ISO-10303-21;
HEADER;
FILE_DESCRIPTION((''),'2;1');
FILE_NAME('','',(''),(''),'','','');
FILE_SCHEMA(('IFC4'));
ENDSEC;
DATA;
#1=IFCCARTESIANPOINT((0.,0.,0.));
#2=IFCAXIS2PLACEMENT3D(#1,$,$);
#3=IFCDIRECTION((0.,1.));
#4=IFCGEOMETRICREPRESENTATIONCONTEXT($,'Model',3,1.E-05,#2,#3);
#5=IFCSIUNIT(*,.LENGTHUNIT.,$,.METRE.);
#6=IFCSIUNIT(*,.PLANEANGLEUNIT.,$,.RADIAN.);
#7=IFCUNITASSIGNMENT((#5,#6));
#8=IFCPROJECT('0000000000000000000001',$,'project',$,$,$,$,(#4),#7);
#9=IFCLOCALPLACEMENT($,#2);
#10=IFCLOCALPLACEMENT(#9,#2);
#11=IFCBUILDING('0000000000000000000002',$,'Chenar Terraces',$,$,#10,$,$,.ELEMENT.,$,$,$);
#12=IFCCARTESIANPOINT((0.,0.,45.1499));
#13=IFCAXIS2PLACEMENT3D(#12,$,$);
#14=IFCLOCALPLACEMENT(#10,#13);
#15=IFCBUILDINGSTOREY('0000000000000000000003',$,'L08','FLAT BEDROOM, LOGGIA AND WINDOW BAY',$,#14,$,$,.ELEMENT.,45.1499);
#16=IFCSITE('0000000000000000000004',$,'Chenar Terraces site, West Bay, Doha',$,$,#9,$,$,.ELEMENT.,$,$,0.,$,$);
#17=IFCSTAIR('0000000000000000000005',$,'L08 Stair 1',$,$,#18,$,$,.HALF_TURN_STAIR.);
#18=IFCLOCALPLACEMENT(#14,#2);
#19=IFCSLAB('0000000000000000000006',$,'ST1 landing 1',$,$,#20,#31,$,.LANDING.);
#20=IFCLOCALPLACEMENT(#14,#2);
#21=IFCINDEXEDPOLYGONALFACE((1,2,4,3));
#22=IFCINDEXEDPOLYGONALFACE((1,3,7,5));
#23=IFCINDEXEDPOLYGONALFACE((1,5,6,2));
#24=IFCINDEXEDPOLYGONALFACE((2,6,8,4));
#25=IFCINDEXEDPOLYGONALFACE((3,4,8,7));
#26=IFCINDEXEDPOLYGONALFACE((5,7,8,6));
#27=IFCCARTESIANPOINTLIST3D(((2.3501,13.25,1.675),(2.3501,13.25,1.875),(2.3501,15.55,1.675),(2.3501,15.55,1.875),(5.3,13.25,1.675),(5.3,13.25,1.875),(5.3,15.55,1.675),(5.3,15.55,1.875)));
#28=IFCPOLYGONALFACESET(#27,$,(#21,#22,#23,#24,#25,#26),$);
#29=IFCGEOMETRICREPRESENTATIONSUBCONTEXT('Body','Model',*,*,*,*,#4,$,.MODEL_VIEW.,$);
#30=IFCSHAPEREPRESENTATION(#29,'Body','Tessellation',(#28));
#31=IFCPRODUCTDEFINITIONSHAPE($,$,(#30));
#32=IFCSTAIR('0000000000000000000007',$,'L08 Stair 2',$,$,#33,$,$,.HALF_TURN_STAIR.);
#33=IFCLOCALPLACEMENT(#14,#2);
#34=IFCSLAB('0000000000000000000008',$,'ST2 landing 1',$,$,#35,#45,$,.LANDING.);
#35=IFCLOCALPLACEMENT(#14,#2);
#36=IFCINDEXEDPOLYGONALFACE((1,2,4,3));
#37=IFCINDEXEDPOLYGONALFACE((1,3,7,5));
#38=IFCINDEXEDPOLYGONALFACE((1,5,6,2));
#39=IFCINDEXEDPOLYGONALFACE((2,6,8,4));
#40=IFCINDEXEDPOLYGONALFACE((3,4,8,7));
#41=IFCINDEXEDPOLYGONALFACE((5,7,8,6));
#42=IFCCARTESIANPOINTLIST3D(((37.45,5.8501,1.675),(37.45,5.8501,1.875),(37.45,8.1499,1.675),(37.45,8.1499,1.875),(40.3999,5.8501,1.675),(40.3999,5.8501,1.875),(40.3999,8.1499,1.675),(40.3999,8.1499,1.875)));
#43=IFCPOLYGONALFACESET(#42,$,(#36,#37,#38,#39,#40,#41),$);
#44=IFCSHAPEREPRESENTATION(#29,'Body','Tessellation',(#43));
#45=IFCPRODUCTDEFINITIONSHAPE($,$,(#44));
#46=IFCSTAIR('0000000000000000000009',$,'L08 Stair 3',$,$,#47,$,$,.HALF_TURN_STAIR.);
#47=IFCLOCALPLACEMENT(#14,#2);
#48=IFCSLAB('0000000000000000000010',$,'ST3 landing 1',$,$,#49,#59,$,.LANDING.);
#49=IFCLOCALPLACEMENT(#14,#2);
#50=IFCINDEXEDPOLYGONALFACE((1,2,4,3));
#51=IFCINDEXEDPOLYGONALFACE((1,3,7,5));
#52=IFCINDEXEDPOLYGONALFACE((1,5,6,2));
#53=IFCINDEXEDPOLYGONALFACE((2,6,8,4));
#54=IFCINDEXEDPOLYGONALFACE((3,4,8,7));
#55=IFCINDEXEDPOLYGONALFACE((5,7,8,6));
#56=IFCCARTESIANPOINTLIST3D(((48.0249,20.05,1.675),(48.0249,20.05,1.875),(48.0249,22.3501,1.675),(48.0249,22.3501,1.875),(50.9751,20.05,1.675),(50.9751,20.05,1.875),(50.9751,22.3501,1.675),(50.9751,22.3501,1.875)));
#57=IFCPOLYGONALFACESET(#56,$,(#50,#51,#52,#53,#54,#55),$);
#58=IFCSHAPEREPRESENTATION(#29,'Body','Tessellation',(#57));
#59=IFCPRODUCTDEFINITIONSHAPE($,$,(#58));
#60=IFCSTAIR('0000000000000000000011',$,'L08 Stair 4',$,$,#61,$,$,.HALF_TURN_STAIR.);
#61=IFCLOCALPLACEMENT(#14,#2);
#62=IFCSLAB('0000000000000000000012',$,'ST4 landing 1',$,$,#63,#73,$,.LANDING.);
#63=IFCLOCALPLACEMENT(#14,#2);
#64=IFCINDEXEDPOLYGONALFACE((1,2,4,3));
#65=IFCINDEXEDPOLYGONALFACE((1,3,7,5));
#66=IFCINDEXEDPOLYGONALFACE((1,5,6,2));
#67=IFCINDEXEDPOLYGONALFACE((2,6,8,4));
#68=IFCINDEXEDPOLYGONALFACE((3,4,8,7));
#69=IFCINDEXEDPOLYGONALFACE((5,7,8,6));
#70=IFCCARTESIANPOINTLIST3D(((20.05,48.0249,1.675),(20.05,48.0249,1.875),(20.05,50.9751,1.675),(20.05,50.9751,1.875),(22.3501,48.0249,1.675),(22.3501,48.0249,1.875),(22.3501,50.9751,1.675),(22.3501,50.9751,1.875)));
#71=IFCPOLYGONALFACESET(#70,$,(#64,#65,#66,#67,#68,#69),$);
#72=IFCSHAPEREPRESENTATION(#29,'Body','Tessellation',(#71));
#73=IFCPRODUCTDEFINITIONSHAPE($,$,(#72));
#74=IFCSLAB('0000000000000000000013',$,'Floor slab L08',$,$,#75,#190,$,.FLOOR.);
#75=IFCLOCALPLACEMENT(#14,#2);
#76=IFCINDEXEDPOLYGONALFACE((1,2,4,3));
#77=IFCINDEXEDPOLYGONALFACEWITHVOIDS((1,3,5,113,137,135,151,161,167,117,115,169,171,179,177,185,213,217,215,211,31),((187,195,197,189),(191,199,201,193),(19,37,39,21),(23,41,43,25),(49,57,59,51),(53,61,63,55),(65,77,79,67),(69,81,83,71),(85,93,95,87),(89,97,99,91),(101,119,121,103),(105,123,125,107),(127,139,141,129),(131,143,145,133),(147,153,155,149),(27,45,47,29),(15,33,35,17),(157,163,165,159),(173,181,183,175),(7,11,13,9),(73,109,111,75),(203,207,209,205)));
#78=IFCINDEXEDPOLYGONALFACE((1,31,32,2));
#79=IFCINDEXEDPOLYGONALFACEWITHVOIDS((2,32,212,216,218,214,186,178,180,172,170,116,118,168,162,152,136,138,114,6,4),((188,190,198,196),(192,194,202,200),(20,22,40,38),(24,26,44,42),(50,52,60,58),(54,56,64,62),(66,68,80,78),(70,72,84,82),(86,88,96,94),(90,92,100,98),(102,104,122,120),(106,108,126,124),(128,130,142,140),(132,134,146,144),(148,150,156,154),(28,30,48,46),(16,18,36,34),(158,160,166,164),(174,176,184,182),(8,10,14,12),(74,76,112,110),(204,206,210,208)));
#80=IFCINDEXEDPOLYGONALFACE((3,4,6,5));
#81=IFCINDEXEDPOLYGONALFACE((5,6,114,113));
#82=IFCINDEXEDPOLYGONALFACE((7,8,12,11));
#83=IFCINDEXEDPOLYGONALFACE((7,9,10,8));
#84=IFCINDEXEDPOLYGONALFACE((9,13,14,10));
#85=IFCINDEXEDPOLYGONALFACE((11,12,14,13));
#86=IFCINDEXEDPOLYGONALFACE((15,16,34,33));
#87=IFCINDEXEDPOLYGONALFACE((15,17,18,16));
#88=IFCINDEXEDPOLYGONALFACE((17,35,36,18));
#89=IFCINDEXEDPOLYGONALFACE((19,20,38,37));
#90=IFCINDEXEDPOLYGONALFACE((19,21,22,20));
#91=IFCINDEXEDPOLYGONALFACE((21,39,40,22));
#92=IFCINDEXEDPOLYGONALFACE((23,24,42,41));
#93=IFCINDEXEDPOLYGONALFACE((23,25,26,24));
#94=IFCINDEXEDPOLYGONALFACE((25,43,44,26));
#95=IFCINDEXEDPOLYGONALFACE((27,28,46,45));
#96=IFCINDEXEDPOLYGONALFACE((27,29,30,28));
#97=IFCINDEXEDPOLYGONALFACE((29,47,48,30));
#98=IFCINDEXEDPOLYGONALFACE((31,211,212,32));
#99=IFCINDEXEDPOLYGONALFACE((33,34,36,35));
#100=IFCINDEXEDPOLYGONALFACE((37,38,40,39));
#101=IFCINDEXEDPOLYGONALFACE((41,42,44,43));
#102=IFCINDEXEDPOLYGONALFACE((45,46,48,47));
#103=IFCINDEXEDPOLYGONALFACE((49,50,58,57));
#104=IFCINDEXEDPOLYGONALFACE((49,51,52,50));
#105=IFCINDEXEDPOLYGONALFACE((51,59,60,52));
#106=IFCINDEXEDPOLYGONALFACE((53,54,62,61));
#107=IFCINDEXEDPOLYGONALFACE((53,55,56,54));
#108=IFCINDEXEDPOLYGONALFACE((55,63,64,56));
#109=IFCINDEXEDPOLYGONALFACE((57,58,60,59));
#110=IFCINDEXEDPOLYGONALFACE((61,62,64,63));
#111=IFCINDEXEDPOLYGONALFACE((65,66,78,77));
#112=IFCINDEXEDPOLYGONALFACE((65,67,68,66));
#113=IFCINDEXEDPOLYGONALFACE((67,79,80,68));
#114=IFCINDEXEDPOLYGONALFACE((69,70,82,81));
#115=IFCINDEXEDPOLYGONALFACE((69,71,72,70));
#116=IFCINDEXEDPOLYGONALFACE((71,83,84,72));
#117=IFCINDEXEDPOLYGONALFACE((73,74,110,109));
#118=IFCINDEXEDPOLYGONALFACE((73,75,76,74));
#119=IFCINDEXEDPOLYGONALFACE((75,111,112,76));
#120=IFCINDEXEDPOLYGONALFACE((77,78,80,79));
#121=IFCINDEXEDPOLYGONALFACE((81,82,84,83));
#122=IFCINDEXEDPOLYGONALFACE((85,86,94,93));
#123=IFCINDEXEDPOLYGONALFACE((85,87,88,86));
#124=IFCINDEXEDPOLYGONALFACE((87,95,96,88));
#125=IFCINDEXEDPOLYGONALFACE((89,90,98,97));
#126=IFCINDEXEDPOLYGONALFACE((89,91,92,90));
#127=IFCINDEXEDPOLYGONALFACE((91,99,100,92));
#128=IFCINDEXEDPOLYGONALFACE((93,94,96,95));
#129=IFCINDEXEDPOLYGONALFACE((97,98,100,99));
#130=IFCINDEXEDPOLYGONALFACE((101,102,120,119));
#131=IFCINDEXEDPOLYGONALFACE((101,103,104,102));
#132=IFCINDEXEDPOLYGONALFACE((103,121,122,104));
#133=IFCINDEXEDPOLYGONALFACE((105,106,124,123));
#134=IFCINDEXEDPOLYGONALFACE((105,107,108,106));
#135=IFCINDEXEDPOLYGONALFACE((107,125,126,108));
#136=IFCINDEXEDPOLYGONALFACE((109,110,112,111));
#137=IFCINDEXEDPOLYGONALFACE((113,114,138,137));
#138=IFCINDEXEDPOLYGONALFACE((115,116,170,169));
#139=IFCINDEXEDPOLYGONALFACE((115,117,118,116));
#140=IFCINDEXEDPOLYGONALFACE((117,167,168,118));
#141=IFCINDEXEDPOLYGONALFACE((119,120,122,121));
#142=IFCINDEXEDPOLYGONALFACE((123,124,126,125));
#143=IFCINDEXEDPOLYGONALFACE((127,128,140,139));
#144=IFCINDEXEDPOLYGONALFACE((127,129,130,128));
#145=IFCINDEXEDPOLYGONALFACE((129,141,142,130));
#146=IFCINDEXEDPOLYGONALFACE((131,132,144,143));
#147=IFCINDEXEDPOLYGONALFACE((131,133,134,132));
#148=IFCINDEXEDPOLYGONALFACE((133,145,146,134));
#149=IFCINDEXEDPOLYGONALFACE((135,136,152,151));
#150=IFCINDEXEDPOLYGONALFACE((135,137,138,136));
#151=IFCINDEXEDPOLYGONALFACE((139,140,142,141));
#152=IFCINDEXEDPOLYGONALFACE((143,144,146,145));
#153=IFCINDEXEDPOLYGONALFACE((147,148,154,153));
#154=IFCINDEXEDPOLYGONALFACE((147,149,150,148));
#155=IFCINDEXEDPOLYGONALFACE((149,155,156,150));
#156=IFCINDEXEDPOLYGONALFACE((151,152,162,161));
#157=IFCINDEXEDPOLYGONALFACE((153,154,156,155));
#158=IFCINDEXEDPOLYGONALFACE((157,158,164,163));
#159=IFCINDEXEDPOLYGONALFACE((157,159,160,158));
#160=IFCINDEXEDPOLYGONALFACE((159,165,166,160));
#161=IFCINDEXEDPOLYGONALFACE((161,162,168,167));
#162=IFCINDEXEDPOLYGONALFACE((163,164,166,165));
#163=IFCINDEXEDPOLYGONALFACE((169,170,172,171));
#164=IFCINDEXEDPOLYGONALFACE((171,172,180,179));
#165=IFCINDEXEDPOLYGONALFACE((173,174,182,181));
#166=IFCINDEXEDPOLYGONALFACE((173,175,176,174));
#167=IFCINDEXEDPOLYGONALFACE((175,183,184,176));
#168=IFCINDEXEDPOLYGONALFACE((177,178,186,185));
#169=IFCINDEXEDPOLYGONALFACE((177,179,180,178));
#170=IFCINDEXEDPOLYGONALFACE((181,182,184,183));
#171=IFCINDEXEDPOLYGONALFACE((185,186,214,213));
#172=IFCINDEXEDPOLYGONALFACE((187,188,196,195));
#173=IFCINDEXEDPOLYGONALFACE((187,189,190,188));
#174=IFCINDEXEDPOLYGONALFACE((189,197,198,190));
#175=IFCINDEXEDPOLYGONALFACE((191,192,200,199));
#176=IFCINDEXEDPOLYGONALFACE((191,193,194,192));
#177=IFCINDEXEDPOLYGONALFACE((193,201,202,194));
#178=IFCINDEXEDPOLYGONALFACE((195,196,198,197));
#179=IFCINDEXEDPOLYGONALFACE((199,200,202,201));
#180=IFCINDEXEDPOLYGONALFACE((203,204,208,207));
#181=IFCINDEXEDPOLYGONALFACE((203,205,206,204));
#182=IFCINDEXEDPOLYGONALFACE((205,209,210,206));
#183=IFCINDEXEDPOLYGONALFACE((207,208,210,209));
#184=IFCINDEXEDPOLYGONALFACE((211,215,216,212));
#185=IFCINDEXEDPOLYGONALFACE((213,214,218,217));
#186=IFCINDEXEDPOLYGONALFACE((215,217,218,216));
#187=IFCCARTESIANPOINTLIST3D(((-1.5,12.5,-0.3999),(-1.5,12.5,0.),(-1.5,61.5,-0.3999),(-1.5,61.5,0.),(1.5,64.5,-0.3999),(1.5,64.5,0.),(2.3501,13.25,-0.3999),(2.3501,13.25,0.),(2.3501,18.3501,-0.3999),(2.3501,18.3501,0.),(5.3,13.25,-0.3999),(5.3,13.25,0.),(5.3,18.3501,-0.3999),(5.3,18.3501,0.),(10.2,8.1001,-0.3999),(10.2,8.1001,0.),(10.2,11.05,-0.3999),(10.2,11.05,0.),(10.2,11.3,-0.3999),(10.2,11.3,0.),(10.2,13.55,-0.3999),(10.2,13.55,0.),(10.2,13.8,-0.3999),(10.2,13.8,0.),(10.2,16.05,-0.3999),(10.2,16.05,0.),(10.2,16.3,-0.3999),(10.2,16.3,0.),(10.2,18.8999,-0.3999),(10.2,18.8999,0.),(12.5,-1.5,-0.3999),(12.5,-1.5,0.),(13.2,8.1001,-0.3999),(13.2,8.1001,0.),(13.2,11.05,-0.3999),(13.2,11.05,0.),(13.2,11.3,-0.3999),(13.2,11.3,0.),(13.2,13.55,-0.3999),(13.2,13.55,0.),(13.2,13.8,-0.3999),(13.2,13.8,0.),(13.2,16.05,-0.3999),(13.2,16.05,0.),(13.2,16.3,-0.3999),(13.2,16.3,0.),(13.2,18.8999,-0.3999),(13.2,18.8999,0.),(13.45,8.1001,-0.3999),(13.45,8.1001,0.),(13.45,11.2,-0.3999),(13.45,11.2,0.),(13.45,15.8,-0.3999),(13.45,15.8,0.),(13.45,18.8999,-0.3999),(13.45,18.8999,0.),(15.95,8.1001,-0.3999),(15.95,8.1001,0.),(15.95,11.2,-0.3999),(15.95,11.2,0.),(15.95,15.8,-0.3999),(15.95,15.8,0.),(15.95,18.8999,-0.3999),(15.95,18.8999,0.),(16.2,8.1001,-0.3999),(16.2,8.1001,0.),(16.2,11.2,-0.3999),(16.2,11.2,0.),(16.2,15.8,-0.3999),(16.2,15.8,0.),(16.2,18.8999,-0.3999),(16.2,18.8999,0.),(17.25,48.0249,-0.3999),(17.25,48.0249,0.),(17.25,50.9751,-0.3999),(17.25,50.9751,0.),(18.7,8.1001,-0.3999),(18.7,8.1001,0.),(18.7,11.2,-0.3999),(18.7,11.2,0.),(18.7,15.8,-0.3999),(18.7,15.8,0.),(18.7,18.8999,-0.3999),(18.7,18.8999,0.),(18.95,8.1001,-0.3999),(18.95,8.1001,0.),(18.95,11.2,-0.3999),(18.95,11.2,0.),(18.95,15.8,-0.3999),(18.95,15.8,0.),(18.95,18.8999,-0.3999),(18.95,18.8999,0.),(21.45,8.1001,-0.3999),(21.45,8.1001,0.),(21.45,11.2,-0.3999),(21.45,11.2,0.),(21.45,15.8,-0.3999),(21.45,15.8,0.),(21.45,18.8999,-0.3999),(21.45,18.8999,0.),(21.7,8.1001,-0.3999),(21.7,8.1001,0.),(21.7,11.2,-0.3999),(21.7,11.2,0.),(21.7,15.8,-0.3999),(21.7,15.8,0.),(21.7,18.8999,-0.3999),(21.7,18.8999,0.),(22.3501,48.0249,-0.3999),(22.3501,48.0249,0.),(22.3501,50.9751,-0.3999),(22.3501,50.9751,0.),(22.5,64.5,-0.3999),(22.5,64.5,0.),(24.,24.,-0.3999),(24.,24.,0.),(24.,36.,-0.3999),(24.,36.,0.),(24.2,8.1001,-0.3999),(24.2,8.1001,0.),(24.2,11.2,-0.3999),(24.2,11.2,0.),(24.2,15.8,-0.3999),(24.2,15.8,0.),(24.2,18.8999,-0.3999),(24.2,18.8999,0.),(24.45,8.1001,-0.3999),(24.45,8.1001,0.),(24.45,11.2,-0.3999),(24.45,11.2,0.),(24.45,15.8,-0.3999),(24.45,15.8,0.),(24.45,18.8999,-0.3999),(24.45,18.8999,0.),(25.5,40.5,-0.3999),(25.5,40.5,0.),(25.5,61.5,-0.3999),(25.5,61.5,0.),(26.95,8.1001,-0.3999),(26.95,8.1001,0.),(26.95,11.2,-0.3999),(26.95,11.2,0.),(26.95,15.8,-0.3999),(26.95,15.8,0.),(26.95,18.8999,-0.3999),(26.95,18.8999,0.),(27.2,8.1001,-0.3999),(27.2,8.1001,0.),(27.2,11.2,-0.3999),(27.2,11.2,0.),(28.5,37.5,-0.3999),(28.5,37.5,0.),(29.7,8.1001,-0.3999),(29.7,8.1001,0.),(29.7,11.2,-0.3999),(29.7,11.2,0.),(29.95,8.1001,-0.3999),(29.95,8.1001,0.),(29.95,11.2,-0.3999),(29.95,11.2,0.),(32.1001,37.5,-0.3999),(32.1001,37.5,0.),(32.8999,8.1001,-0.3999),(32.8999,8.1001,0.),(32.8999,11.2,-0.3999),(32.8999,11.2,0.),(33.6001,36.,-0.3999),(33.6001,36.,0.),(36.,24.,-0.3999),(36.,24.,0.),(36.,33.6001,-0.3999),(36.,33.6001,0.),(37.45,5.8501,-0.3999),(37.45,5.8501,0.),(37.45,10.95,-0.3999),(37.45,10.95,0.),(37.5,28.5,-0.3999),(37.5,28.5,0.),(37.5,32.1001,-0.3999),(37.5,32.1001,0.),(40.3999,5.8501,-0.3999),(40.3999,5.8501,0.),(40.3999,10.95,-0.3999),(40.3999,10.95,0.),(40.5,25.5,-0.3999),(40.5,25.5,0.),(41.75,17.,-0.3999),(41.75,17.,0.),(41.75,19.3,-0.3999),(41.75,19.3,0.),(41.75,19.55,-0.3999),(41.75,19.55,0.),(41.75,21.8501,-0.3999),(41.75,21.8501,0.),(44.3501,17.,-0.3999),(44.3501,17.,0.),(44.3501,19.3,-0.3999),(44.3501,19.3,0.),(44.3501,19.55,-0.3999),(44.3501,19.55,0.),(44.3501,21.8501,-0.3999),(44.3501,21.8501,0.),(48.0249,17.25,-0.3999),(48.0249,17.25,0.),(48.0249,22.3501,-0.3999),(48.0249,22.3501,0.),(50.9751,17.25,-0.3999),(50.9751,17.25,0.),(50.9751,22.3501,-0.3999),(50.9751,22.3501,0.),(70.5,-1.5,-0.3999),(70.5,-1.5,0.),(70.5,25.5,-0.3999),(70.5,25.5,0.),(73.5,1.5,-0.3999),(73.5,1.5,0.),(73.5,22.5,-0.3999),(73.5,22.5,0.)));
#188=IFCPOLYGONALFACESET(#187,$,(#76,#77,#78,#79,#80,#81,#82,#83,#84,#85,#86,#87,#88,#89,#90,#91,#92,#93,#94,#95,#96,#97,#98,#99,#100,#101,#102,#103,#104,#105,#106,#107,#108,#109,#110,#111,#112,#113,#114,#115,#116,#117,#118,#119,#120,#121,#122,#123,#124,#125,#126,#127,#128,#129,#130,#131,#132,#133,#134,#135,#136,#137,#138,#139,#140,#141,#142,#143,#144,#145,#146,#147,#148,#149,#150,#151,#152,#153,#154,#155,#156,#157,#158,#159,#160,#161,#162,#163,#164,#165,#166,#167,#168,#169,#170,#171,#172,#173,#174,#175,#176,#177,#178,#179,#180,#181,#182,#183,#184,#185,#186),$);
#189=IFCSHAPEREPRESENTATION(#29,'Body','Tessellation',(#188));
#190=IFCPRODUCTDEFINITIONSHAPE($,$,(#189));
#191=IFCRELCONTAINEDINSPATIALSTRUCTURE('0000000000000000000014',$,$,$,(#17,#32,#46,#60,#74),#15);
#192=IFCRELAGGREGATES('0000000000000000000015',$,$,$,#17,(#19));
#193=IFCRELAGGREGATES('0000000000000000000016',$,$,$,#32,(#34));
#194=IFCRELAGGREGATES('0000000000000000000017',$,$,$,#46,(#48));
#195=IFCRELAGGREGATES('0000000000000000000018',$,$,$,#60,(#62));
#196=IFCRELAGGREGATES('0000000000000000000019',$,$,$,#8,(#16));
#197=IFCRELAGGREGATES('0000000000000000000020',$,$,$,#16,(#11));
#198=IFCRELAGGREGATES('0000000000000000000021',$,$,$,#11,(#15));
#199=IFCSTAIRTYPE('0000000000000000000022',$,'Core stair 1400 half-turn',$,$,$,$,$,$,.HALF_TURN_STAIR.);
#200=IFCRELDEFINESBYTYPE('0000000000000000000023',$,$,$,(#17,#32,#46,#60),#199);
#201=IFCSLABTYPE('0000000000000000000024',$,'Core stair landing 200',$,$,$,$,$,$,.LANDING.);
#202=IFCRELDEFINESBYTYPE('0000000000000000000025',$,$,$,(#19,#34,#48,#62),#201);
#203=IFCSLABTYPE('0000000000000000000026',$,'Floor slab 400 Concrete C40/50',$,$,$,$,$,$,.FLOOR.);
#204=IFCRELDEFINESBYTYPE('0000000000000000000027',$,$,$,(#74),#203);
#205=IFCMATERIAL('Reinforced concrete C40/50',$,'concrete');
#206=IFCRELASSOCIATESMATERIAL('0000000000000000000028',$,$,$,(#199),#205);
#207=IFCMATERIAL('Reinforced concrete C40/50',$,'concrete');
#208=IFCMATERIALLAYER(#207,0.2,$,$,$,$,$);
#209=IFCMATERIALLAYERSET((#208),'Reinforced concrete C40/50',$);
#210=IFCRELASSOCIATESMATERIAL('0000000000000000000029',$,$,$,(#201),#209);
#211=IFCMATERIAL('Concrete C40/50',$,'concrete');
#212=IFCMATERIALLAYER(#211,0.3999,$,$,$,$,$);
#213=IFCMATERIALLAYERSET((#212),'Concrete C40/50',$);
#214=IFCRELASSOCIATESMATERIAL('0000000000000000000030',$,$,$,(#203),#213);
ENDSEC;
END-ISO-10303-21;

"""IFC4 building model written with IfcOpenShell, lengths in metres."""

from ifc_helpers import new_model, si_unit, direction, frame, origin, place, context, subcontext, project, spatial, polyline, outline, extrude, material, layer, layer_set, type_object, element, aggregate, save


model = new_model("IFC4")

# Units and contexts
model_context = context("Model", 3, precision=1e-05, world=origin(), true_north=direction((0.0, 1.0)))
body_context = subcontext(model_context, "Body", "Model", "MODEL_VIEW")
ifc_project = project(units=[si_unit("LENGTHUNIT", "METRE"), si_unit("PLANEANGLEUNIT", "RADIAN")], contexts=[model_context])

# Site, building, storey
site_placement = place(None, origin())
site = spatial("IfcSite", under=ifc_project, at=site_placement, Name="Chenar Terraces site, West Bay, Doha", CompositionType="ELEMENT", RefElevation=0.0)
building_placement = place(site_placement, origin())
building = spatial("IfcBuilding", under=site, at=building_placement, Name="Chenar Terraces", CompositionType="ELEMENT")
storey_placement = place(building_placement, frame((0.0, 0.0, 45.1499)))
storey = spatial("IfcBuildingStorey", under=building, at=storey_placement, Name="L08", Description="FLAT BEDROOM, LOGGIA AND WINDOW BAY", CompositionType="ELEMENT", Elevation=45.1499)

# Stairs, slabs
ifc_material_1 = material(Name="Reinforced concrete C40/50", Category="concrete")
stair_type = type_object("IfcStairType", Name="Core stair 1400 half-turn", PredefinedType="HALF_TURN_STAIR", material=ifc_material_1)
placement_1 = place(storey_placement, origin())
stair_1 = element("IfcStair", 1, at=placement_1, inside=storey, type_object=stair_type, Name="L08 Stair 1", PredefinedType="HALF_TURN_STAIR")
ifc_material_2 = material(Name="Reinforced concrete C40/50", Category="concrete")
ifc_layer_1 = layer(ifc_material_2, 0.2)
ifc_layer_set_1 = layer_set([ifc_layer_1], Name="Reinforced concrete C40/50")
slab_type_1 = type_object("IfcSlabType", Name="Core stair landing 200", PredefinedType="LANDING", material=ifc_layer_set_1)
placement_2 = place(storey_placement, frame((0.0, 0.0, 1.675)))
slab_1 = element("IfcSlab", 2, at=placement_2, type_object=slab_type_1, Name="ST1 landing 1", PredefinedType="LANDING", context=body_context, shape_type="SweptSolid", body=[
    extrude(outline(polyline([(2.3501, 15.55), (2.3501, 13.25), (5.3, 13.25), (5.3, 15.55), (2.3501, 15.55)])), origin(), (0.0, 0.0, 1.0), 0.2),
])
aggregate(stair_1, [slab_1])
stair_2 = element("IfcStair", 3, at=placement_1, inside=storey, type_object=stair_type, Name="L08 Stair 2", PredefinedType="HALF_TURN_STAIR")
slab_2 = element("IfcSlab", 4, at=placement_2, type_object=slab_type_1, Name="ST2 landing 1", PredefinedType="LANDING", context=body_context, shape_type="SweptSolid", body=[
    extrude(outline(polyline([(37.45, 8.1499), (37.45, 5.8501), (40.3999, 5.8501), (40.3999, 8.1499), (37.45, 8.1499)])), origin(), (0.0, 0.0, 1.0), 0.2),
])
aggregate(stair_2, [slab_2])
stair_3 = element("IfcStair", 5, at=placement_1, inside=storey, type_object=stair_type, Name="L08 Stair 3", PredefinedType="HALF_TURN_STAIR")
slab_3 = element("IfcSlab", 6, at=placement_2, type_object=slab_type_1, Name="ST3 landing 1", PredefinedType="LANDING", context=body_context, shape_type="SweptSolid", body=[
    extrude(outline(polyline([(50.9751, 20.05), (50.9751, 22.3501), (48.0249, 22.3501), (48.0249, 20.05), (50.9751, 20.05)])), origin(), (0.0, 0.0, 1.0), 0.2),
])
aggregate(stair_3, [slab_3])
stair_4 = element("IfcStair", 7, at=placement_1, inside=storey, type_object=stair_type, Name="L08 Stair 4", PredefinedType="HALF_TURN_STAIR")
slab_4 = element("IfcSlab", 8, at=placement_2, type_object=slab_type_1, Name="ST4 landing 1", PredefinedType="LANDING", context=body_context, shape_type="SweptSolid", body=[
    extrude(outline(polyline([(20.05, 48.0249), (22.3501, 48.0249), (22.3501, 50.9751), (20.05, 50.9751), (20.05, 48.0249)])), origin(), (0.0, 0.0, 1.0), 0.2),
])
aggregate(stair_4, [slab_4])

# Slab
ifc_material_3 = material(Name="Concrete C40/50", Category="concrete")
ifc_layer_2 = layer(ifc_material_3, 0.3999)
ifc_layer_set_2 = layer_set([ifc_layer_2], Name="Concrete C40/50")
slab_type_2 = type_object("IfcSlabType", Name="Floor slab 400 Concrete C40/50", PredefinedType="FLOOR", material=ifc_layer_set_2)
slab_5_placement = place(storey_placement, frame((0.0, 0.0, -0.3999)))
element("IfcSlab", 9, at=slab_5_placement, inside=storey, type_object=slab_type_2, Name="Floor slab L08", PredefinedType="FLOOR", context=body_context, shape_type="SweptSolid", body=[
    extrude(outline(polyline([(73.5, 22.5), (73.5, 1.5), (70.5, -1.5), (12.5, -1.5), (-1.5, 12.5), (-1.5, 61.5), (1.5, 64.5), (22.5, 64.5), (25.5, 61.5), (25.5, 40.5), (28.5, 37.5), (32.1001, 37.5), (33.6001, 36.0), (24.0, 36.0), (24.0, 24.0), (36.0, 24.0), (36.0, 33.6001), (37.5, 32.1001), (37.5, 28.5), (40.5, 25.5), (70.5, 25.5), (73.5, 22.5)]), holes=[polyline([(13.2, 11.05), (10.2, 11.05), (10.2, 8.1001), (13.2, 8.1001), (13.2, 11.05)]), polyline([(15.95, 11.2), (13.45, 11.2), (13.45, 8.1001), (15.95, 8.1001), (15.95, 11.2)]), polyline([(18.7, 11.2), (16.2, 11.2), (16.2, 8.1001), (18.7, 8.1001), (18.7, 11.2)]), polyline([(21.45, 8.1001), (21.45, 11.2), (18.95, 11.2), (18.95, 8.1001), (21.45, 8.1001)]), polyline([(13.2, 11.3), (13.2, 13.55), (10.2, 13.55), (10.2, 11.3), (13.2, 11.3)]), polyline([(13.2, 16.05), (10.2, 16.05), (10.2, 13.8), (13.2, 13.8), (13.2, 16.05)]), polyline([(2.3501, 18.3501), (2.3501, 13.25), (5.3, 13.25), (5.3, 18.3501), (2.3501, 18.3501)]), polyline([(15.95, 15.8), (15.95, 18.8999), (13.45, 18.8999), (13.45, 15.8), (15.95, 15.8)]), polyline([(18.7, 18.8999), (16.2, 18.8999), (16.2, 15.8), (18.7, 15.8), (18.7, 18.8999)]), polyline([(21.45, 15.8), (21.45, 18.8999), (18.95, 18.8999), (18.95, 15.8), (21.45, 15.8)]), polyline([(13.2, 16.3), (13.2, 18.8999), (10.2, 18.8999), (10.2, 16.3), (13.2, 16.3)]), polyline([(22.3501, 48.0249), (22.3501, 50.9751), (17.25, 50.9751), (17.25, 48.0249), (22.3501, 48.0249)]), polyline([(37.45, 10.95), (37.45, 5.8501), (40.3999, 5.8501), (40.3999, 10.95), (37.45, 10.95)]), polyline([(24.2, 8.1001), (24.2, 11.2), (21.7, 11.2), (21.7, 8.1001), (24.2, 8.1001)]), polyline([(26.95, 11.2), (24.45, 11.2), (24.45, 8.1001), (26.95, 8.1001), (26.95, 11.2)]), polyline([(29.7, 8.1001), (29.7, 11.2), (27.2, 11.2), (27.2, 8.1001), (29.7, 8.1001)]), polyline([(32.8999, 8.1001), (32.8999, 11.2), (29.95, 11.2), (29.95, 8.1001), (32.8999, 8.1001)]), polyline([(24.2, 18.8999), (21.7, 18.8999), (21.7, 15.8), (24.2, 15.8), (24.2, 18.8999)]), polyline([(26.95, 15.8), (26.95, 18.8999), (24.45, 18.8999), (24.45, 15.8), (26.95, 15.8)]), polyline([(44.3501, 17.0), (44.3501, 19.3), (41.75, 19.3), (41.75, 17.0), (44.3501, 17.0)]), polyline([(50.9751, 22.3501), (48.0249, 22.3501), (48.0249, 17.25), (50.9751, 17.25), (50.9751, 22.3501)]), polyline([(44.3501, 19.55), (44.3501, 21.8501), (41.75, 21.8501), (41.75, 19.55), (44.3501, 19.55)])]), origin(), (0.0, 0.0, 1.0), 0.3999),
])

save(model, "model.ifc")
